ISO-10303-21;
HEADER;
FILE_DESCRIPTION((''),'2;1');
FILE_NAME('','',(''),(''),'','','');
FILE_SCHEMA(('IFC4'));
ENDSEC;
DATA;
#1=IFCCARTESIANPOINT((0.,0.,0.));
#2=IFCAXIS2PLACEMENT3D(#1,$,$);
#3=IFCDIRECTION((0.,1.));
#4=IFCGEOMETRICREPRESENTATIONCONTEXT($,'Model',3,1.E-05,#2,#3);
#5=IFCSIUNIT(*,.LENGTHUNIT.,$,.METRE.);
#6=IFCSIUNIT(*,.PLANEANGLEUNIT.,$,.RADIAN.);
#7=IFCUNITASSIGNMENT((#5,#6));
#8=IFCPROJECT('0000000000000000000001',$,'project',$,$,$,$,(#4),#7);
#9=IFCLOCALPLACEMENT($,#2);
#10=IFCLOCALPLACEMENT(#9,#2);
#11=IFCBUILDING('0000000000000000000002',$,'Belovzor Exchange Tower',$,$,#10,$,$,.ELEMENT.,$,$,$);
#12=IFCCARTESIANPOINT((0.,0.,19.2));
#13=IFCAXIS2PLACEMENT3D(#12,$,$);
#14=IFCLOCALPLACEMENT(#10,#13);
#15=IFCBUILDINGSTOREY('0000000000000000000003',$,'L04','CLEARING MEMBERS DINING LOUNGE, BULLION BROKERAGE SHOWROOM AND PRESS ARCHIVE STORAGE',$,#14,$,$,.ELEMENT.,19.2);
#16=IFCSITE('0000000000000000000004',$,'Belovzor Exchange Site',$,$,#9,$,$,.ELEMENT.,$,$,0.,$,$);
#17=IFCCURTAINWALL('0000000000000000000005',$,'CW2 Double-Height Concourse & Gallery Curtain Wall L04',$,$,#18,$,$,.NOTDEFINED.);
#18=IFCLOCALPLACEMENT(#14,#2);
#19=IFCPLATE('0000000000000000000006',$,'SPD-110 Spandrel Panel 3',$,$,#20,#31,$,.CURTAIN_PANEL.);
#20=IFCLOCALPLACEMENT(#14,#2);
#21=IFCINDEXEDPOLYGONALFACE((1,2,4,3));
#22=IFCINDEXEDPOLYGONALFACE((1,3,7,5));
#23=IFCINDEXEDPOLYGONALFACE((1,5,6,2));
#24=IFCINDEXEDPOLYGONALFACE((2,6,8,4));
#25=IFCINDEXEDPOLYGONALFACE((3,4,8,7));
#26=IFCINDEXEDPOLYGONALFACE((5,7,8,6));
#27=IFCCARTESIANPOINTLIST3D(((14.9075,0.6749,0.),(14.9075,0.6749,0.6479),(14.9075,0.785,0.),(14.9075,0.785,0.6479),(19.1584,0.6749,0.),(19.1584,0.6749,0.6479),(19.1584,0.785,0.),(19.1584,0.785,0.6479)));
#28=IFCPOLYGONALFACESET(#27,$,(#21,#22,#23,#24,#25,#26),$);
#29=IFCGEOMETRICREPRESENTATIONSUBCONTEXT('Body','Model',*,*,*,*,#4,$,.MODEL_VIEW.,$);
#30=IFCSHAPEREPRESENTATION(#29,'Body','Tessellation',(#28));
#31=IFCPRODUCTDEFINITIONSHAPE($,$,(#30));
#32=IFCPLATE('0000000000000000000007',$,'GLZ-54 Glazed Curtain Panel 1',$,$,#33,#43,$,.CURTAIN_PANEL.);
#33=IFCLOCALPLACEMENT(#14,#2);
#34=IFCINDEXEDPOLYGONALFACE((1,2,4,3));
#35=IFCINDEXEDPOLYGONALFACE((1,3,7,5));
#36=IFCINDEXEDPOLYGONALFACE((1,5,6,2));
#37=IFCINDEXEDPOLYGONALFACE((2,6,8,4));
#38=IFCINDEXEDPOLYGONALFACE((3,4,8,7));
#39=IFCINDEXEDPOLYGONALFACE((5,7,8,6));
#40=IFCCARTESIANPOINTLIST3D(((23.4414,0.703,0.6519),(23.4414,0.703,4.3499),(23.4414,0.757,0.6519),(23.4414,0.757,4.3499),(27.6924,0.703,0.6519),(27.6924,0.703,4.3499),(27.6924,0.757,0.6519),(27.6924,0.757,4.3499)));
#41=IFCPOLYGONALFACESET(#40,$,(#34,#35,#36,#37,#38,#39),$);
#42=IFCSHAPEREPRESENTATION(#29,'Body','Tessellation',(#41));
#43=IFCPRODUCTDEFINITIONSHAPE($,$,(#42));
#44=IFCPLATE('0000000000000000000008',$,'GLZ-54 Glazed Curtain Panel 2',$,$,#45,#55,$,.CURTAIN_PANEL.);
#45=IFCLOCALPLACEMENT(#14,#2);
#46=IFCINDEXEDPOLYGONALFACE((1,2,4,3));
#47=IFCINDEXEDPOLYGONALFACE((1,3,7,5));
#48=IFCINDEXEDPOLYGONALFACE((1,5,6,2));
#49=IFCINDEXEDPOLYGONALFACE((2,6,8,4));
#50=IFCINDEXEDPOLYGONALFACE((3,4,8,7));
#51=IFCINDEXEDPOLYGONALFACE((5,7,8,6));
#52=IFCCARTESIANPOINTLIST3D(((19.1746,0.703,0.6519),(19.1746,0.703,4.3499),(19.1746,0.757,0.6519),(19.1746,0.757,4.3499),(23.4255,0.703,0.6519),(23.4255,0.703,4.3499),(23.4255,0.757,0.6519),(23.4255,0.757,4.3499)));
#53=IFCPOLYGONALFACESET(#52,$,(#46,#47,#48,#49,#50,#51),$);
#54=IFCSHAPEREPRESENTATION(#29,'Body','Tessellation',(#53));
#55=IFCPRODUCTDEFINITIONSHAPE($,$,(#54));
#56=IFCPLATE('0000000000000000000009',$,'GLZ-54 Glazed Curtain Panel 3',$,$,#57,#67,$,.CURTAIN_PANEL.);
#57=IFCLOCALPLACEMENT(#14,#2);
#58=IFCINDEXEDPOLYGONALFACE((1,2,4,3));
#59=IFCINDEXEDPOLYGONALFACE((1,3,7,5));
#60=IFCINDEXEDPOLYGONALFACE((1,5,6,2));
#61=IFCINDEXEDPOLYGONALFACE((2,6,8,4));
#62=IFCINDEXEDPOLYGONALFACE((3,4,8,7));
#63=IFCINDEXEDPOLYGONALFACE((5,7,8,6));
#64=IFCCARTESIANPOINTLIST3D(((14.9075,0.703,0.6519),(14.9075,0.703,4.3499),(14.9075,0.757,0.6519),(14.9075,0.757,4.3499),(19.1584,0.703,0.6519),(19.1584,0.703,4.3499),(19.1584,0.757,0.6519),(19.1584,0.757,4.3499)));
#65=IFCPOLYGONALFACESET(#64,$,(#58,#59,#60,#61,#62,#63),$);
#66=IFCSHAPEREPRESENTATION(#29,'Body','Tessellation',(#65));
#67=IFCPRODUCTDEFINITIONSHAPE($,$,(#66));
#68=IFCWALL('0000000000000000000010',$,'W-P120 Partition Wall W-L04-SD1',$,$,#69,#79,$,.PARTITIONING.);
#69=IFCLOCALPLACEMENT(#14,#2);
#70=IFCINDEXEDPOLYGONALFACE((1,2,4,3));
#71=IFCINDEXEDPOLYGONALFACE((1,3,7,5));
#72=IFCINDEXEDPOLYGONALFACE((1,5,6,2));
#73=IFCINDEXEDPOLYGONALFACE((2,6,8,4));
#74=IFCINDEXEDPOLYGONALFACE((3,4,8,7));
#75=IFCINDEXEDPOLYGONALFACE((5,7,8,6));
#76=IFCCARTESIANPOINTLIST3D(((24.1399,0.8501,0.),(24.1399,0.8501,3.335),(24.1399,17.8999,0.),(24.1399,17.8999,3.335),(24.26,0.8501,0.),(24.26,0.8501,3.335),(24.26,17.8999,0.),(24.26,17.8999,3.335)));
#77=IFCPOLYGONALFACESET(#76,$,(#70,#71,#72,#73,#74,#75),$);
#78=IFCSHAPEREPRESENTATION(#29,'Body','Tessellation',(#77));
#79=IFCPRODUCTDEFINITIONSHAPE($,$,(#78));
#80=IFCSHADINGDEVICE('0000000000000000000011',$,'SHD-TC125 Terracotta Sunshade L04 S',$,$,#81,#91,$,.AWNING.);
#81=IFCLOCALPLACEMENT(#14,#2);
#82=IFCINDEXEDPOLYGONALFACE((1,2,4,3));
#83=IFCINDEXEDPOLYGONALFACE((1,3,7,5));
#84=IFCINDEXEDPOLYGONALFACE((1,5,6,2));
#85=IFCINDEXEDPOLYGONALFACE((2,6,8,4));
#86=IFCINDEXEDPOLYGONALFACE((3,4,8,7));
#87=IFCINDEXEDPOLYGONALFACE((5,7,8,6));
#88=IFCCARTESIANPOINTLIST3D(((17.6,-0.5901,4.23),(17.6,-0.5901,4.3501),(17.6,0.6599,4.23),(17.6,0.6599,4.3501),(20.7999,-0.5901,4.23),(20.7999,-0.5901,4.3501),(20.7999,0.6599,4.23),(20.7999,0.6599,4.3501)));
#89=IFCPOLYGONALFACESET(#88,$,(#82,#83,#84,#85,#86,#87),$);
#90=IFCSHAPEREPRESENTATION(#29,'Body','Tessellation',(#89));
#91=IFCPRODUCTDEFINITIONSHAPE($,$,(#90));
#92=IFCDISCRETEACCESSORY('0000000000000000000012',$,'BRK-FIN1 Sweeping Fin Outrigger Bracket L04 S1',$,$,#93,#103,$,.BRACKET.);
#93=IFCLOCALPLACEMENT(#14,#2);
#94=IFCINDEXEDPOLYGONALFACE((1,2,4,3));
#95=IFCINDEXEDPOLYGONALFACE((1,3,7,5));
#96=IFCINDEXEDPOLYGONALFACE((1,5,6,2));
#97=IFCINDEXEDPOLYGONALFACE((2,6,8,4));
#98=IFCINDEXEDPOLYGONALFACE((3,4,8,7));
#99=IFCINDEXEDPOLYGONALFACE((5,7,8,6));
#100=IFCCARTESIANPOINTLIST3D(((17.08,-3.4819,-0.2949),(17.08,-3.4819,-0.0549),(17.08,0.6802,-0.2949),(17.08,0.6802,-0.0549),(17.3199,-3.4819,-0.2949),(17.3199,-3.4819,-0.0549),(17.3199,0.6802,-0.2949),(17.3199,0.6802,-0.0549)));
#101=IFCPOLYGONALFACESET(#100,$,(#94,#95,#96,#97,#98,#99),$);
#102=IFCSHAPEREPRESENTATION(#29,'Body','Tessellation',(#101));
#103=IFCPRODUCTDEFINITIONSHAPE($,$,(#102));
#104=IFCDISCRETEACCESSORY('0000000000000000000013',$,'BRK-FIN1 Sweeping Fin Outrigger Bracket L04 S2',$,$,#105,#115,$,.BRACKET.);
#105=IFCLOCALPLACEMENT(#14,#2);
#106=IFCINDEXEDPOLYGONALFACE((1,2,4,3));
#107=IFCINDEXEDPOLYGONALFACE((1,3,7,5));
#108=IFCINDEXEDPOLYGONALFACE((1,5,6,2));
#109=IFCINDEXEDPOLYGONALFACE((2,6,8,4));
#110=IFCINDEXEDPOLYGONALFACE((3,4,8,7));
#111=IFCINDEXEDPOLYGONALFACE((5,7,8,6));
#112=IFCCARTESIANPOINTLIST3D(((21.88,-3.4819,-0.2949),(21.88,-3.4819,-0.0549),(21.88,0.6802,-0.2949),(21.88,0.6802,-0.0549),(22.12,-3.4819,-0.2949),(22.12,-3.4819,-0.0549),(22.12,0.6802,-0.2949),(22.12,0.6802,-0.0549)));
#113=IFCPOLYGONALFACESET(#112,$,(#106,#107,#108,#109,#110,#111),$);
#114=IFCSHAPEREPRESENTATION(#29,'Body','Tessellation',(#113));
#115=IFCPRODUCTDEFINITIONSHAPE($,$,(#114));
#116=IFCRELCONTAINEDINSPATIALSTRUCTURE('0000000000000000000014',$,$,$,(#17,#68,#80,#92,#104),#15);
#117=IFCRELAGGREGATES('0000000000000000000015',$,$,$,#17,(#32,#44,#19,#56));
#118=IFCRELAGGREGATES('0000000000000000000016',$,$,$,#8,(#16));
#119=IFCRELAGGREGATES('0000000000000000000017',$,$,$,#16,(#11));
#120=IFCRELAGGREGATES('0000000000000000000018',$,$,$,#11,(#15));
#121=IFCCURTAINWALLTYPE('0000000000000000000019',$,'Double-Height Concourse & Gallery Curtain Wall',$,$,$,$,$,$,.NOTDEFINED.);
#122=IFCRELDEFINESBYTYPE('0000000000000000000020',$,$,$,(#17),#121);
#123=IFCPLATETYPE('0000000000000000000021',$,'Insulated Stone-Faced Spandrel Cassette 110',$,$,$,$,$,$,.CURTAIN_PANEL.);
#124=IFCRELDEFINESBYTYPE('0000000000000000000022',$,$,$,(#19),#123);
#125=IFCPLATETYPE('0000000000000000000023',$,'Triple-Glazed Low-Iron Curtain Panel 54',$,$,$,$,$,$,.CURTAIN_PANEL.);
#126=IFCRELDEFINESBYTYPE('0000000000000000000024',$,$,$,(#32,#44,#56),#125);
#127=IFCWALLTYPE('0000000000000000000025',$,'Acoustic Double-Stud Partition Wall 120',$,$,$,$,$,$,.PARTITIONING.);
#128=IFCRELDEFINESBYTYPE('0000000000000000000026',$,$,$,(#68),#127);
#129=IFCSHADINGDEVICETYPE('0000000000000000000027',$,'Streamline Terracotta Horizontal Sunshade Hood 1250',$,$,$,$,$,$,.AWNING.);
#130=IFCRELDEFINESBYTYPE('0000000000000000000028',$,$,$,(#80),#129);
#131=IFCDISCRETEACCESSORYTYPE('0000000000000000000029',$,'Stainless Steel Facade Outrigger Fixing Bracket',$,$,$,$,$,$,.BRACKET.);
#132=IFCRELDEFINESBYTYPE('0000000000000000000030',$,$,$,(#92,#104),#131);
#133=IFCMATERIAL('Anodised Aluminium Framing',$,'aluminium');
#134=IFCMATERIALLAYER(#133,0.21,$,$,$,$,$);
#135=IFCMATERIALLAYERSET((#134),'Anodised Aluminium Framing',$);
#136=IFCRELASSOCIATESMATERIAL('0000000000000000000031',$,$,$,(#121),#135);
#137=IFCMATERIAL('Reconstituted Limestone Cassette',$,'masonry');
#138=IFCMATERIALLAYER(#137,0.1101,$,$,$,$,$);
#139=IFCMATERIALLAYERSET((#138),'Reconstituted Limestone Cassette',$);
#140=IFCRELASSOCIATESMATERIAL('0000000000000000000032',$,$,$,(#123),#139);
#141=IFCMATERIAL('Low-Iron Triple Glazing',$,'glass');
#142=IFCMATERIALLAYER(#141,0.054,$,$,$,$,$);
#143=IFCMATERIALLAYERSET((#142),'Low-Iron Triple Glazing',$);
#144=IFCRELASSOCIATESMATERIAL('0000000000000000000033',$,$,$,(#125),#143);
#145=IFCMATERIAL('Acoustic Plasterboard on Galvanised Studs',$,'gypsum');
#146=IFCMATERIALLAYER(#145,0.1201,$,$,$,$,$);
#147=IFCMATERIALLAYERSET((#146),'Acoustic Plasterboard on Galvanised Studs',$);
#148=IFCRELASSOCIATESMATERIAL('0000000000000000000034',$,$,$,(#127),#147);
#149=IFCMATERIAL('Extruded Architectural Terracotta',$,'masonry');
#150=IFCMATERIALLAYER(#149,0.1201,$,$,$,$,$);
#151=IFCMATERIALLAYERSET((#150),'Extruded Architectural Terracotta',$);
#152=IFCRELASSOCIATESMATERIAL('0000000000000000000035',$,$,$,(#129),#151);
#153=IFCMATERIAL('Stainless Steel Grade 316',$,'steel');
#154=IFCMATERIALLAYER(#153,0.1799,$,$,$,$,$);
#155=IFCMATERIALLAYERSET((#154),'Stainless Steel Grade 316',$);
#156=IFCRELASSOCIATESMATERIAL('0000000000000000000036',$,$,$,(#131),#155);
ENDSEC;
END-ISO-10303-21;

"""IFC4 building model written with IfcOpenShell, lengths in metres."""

from ifc_helpers import new_model, si_unit, direction, frame, frame_2d, origin, origin_2d, place, context, subcontext, project, spatial, rectangle, extrude, material, layer, layer_set, type_object, element, aggregate, save


model = new_model("IFC4")

# Units and contexts
model_context = context("Model", 3, precision=1e-05, world=origin(), true_north=direction((0.0, 1.0)))
body_context = subcontext(model_context, "Body", "Model", "MODEL_VIEW")
ifc_project = project(units=[si_unit("LENGTHUNIT", "METRE"), si_unit("PLANEANGLEUNIT", "RADIAN")], contexts=[model_context])

# Site, building, storey
site_placement = place(None, origin())
site = spatial("IfcSite", under=ifc_project, at=site_placement, Name="Belovzor Exchange Site", CompositionType="ELEMENT", RefElevation=0.0)
building_placement = place(site_placement, origin())
building = spatial("IfcBuilding", under=site, at=building_placement, Name="Belovzor Exchange Tower", CompositionType="ELEMENT")
storey_placement = place(building_placement, frame((0.0, 0.0, 19.2)))
storey = spatial("IfcBuildingStorey", under=building, at=storey_placement, Name="L04", Description="CLEARING MEMBERS DINING LOUNGE, BULLION BROKERAGE SHOWROOM AND PRESS ARCHIVE STORAGE", CompositionType="ELEMENT", Elevation=19.2)

# Curtain wall
ifc_material_1 = material(Name="Anodised Aluminium Framing", Category="aluminium")
ifc_layer_1 = layer(ifc_material_1, 0.21)
ifc_layer_set_1 = layer_set([ifc_layer_1], Name="Anodised Aluminium Framing")
curtain_wall_type = type_object("IfcCurtainWallType", Name="Double-Height Concourse & Gallery Curtain Wall", PredefinedType="NOTDEFINED", material=ifc_layer_set_1)
curtain_wall_placement = place(storey_placement, origin())
curtain_wall = element("IfcCurtainWall", 1, at=curtain_wall_placement, inside=storey, type_object=curtain_wall_type, Name="CW2 Double-Height Concourse & Gallery Curtain Wall L04", PredefinedType="NOTDEFINED")

# Plates
ifc_material_2 = material(Name="Reconstituted Limestone Cassette", Category="masonry")
ifc_layer_2 = layer(ifc_material_2, 0.1101)
ifc_layer_set_2 = layer_set([ifc_layer_2], Name="Reconstituted Limestone Cassette")
plate_type_1 = type_object("IfcPlateType", Name="Insulated Stone-Faced Spandrel Cassette 110", PredefinedType="CURTAIN_PANEL", material=ifc_layer_set_2)
plate_1_placement = place(storey_placement, frame((17.033, 0.73, 0.0), z_axis=(0.0, 0.0, 1.0), x_axis=(-1.0, 0.0, 0.0)))
plate_1 = element("IfcPlate", 2, at=plate_1_placement, type_object=plate_type_1, Name="SPD-110 Spandrel Panel 3", PredefinedType="CURTAIN_PANEL", context=body_context, shape_type="SweptSolid", body=[
    extrude(rectangle(XDim=4.251, YDim=0.1101, at=origin_2d()), origin(), (0.0, 0.0, 1.0), 0.6479),
])
ifc_material_3 = material(Name="Low-Iron Triple Glazing", Category="glass")
ifc_layer_3 = layer(ifc_material_3, 0.054)
ifc_layer_set_3 = layer_set([ifc_layer_3], Name="Low-Iron Triple Glazing")
plate_type_2 = type_object("IfcPlateType", Name="Triple-Glazed Low-Iron Curtain Panel 54", PredefinedType="CURTAIN_PANEL", material=ifc_layer_set_3)
plate_2_placement = place(storey_placement, frame((25.5669, 0.73, 0.6519), z_axis=(0.0, 0.0, 1.0), x_axis=(-1.0, 0.0, 0.0)))
plate_2 = element("IfcPlate", 3, at=plate_2_placement, type_object=plate_type_2, Name="GLZ-54 Glazed Curtain Panel 1", PredefinedType="CURTAIN_PANEL", context=body_context, shape_type="SweptSolid", body=[
    extrude(rectangle(XDim=4.251, YDim=0.054, at=origin_2d()), origin(), (0.0, 0.0, 1.0), 3.698),
])
plate_3_placement = place(storey_placement, frame((21.3, 0.73, 0.6519), z_axis=(0.0, 0.0, 1.0), x_axis=(-1.0, 0.0, 0.0)))
plate_3 = element("IfcPlate", 4, at=plate_3_placement, type_object=plate_type_2, Name="GLZ-54 Glazed Curtain Panel 2", PredefinedType="CURTAIN_PANEL", context=body_context, shape_type="SweptSolid", body=[
    extrude(rectangle(XDim=4.251, YDim=0.054, at=origin_2d()), origin(), (0.0, 0.0, 1.0), 3.698),
])
plate_4_placement = place(storey_placement, frame((17.033, 0.73, 0.6519), z_axis=(0.0, 0.0, 1.0), x_axis=(-1.0, 0.0, 0.0)))
plate_4 = element("IfcPlate", 5, at=plate_4_placement, type_object=plate_type_2, Name="GLZ-54 Glazed Curtain Panel 3", PredefinedType="CURTAIN_PANEL", context=body_context, shape_type="SweptSolid", body=[
    extrude(rectangle(XDim=4.251, YDim=0.054, at=origin_2d()), origin(), (0.0, 0.0, 1.0), 3.698),
])
aggregate(curtain_wall, [plate_2, plate_3, plate_1, plate_4])

# Wall
ifc_material_4 = material(Name="Acoustic Plasterboard on Galvanised Studs", Category="gypsum")
ifc_layer_4 = layer(ifc_material_4, 0.1201)
ifc_layer_set_4 = layer_set([ifc_layer_4], Name="Acoustic Plasterboard on Galvanised Studs")
wall_type = type_object("IfcWallType", Name="Acoustic Double-Stud Partition Wall 120", PredefinedType="PARTITIONING", material=ifc_layer_set_4)
wall_placement = place(storey_placement, frame((24.2, 0.8501, 0.0), z_axis=(0.0, 0.0, 1.0), x_axis=(0.0, 1.0, 0.0)))
element("IfcWall", 6, at=wall_placement, inside=storey, type_object=wall_type, Name="W-P120 Partition Wall W-L04-SD1", PredefinedType="PARTITIONING", context=body_context, shape_type="SweptSolid", body=[
    extrude(rectangle(XDim=17.0498, YDim=0.1201, at=frame_2d((8.5249, 0.0))), origin(), (0.0, 0.0, 1.0), 3.335),
])

# Shading device
ifc_material_5 = material(Name="Extruded Architectural Terracotta", Category="masonry")
ifc_layer_5 = layer(ifc_material_5, 0.1201)
ifc_layer_set_5 = layer_set([ifc_layer_5], Name="Extruded Architectural Terracotta")
shading_device_type = type_object("IfcShadingDeviceType", Name="Streamline Terracotta Horizontal Sunshade Hood 1250", PredefinedType="AWNING", material=ifc_layer_set_5)
shading_device_placement = place(storey_placement, frame((19.2, 0.0349, 4.23), z_axis=(0.0, 0.0, 1.0), x_axis=(1.0, 0.0, 0.0)))
element("IfcShadingDevice", 7, at=shading_device_placement, inside=storey, type_object=shading_device_type, Name="SHD-TC125 Terracotta Sunshade L04 S", PredefinedType="AWNING", context=body_context, shape_type="SweptSolid", body=[
    extrude(rectangle(XDim=3.2, YDim=1.25, at=origin_2d()), origin(), (0.0, 0.0, 1.0), 0.1201),
])

# Discrete accessories
ifc_material_6 = material(Name="Stainless Steel Grade 316", Category="steel")
ifc_layer_6 = layer(ifc_material_6, 0.1799)
ifc_layer_set_6 = layer_set([ifc_layer_6], Name="Stainless Steel Grade 316")
discrete_accessory_type = type_object("IfcDiscreteAccessoryType", Name="Stainless Steel Facade Outrigger Fixing Bracket", PredefinedType="BRACKET", material=ifc_layer_set_6)
for number, where, z_axis, x_axis, name in (
    (8, (17.2, -1.4009, -0.2949), (0.0, 0.0, 1.0), (0.0, 1.0, 0.0), "BRK-FIN1 Sweeping Fin Outrigger Bracket L04 S1"),
    (9, (22.0, -1.4009, -0.2949), (0.0, 0.0, 1.0), (0.0, 1.0, 0.0), "BRK-FIN1 Sweeping Fin Outrigger Bracket L04 S2"),
):
    element("IfcDiscreteAccessory", number, at=place(storey_placement, frame(where, z_axis=z_axis, x_axis=x_axis)), inside=storey, type_object=discrete_accessory_type, Name=name, PredefinedType="BRACKET", context=body_context, shape_type="SweptSolid", body=[
        extrude(rectangle(XDim=4.1621, YDim=0.24, at=origin_2d()), origin(), (0.0, 0.0, 1.0), 0.24),
    ])

save(model, "model.ifc")
